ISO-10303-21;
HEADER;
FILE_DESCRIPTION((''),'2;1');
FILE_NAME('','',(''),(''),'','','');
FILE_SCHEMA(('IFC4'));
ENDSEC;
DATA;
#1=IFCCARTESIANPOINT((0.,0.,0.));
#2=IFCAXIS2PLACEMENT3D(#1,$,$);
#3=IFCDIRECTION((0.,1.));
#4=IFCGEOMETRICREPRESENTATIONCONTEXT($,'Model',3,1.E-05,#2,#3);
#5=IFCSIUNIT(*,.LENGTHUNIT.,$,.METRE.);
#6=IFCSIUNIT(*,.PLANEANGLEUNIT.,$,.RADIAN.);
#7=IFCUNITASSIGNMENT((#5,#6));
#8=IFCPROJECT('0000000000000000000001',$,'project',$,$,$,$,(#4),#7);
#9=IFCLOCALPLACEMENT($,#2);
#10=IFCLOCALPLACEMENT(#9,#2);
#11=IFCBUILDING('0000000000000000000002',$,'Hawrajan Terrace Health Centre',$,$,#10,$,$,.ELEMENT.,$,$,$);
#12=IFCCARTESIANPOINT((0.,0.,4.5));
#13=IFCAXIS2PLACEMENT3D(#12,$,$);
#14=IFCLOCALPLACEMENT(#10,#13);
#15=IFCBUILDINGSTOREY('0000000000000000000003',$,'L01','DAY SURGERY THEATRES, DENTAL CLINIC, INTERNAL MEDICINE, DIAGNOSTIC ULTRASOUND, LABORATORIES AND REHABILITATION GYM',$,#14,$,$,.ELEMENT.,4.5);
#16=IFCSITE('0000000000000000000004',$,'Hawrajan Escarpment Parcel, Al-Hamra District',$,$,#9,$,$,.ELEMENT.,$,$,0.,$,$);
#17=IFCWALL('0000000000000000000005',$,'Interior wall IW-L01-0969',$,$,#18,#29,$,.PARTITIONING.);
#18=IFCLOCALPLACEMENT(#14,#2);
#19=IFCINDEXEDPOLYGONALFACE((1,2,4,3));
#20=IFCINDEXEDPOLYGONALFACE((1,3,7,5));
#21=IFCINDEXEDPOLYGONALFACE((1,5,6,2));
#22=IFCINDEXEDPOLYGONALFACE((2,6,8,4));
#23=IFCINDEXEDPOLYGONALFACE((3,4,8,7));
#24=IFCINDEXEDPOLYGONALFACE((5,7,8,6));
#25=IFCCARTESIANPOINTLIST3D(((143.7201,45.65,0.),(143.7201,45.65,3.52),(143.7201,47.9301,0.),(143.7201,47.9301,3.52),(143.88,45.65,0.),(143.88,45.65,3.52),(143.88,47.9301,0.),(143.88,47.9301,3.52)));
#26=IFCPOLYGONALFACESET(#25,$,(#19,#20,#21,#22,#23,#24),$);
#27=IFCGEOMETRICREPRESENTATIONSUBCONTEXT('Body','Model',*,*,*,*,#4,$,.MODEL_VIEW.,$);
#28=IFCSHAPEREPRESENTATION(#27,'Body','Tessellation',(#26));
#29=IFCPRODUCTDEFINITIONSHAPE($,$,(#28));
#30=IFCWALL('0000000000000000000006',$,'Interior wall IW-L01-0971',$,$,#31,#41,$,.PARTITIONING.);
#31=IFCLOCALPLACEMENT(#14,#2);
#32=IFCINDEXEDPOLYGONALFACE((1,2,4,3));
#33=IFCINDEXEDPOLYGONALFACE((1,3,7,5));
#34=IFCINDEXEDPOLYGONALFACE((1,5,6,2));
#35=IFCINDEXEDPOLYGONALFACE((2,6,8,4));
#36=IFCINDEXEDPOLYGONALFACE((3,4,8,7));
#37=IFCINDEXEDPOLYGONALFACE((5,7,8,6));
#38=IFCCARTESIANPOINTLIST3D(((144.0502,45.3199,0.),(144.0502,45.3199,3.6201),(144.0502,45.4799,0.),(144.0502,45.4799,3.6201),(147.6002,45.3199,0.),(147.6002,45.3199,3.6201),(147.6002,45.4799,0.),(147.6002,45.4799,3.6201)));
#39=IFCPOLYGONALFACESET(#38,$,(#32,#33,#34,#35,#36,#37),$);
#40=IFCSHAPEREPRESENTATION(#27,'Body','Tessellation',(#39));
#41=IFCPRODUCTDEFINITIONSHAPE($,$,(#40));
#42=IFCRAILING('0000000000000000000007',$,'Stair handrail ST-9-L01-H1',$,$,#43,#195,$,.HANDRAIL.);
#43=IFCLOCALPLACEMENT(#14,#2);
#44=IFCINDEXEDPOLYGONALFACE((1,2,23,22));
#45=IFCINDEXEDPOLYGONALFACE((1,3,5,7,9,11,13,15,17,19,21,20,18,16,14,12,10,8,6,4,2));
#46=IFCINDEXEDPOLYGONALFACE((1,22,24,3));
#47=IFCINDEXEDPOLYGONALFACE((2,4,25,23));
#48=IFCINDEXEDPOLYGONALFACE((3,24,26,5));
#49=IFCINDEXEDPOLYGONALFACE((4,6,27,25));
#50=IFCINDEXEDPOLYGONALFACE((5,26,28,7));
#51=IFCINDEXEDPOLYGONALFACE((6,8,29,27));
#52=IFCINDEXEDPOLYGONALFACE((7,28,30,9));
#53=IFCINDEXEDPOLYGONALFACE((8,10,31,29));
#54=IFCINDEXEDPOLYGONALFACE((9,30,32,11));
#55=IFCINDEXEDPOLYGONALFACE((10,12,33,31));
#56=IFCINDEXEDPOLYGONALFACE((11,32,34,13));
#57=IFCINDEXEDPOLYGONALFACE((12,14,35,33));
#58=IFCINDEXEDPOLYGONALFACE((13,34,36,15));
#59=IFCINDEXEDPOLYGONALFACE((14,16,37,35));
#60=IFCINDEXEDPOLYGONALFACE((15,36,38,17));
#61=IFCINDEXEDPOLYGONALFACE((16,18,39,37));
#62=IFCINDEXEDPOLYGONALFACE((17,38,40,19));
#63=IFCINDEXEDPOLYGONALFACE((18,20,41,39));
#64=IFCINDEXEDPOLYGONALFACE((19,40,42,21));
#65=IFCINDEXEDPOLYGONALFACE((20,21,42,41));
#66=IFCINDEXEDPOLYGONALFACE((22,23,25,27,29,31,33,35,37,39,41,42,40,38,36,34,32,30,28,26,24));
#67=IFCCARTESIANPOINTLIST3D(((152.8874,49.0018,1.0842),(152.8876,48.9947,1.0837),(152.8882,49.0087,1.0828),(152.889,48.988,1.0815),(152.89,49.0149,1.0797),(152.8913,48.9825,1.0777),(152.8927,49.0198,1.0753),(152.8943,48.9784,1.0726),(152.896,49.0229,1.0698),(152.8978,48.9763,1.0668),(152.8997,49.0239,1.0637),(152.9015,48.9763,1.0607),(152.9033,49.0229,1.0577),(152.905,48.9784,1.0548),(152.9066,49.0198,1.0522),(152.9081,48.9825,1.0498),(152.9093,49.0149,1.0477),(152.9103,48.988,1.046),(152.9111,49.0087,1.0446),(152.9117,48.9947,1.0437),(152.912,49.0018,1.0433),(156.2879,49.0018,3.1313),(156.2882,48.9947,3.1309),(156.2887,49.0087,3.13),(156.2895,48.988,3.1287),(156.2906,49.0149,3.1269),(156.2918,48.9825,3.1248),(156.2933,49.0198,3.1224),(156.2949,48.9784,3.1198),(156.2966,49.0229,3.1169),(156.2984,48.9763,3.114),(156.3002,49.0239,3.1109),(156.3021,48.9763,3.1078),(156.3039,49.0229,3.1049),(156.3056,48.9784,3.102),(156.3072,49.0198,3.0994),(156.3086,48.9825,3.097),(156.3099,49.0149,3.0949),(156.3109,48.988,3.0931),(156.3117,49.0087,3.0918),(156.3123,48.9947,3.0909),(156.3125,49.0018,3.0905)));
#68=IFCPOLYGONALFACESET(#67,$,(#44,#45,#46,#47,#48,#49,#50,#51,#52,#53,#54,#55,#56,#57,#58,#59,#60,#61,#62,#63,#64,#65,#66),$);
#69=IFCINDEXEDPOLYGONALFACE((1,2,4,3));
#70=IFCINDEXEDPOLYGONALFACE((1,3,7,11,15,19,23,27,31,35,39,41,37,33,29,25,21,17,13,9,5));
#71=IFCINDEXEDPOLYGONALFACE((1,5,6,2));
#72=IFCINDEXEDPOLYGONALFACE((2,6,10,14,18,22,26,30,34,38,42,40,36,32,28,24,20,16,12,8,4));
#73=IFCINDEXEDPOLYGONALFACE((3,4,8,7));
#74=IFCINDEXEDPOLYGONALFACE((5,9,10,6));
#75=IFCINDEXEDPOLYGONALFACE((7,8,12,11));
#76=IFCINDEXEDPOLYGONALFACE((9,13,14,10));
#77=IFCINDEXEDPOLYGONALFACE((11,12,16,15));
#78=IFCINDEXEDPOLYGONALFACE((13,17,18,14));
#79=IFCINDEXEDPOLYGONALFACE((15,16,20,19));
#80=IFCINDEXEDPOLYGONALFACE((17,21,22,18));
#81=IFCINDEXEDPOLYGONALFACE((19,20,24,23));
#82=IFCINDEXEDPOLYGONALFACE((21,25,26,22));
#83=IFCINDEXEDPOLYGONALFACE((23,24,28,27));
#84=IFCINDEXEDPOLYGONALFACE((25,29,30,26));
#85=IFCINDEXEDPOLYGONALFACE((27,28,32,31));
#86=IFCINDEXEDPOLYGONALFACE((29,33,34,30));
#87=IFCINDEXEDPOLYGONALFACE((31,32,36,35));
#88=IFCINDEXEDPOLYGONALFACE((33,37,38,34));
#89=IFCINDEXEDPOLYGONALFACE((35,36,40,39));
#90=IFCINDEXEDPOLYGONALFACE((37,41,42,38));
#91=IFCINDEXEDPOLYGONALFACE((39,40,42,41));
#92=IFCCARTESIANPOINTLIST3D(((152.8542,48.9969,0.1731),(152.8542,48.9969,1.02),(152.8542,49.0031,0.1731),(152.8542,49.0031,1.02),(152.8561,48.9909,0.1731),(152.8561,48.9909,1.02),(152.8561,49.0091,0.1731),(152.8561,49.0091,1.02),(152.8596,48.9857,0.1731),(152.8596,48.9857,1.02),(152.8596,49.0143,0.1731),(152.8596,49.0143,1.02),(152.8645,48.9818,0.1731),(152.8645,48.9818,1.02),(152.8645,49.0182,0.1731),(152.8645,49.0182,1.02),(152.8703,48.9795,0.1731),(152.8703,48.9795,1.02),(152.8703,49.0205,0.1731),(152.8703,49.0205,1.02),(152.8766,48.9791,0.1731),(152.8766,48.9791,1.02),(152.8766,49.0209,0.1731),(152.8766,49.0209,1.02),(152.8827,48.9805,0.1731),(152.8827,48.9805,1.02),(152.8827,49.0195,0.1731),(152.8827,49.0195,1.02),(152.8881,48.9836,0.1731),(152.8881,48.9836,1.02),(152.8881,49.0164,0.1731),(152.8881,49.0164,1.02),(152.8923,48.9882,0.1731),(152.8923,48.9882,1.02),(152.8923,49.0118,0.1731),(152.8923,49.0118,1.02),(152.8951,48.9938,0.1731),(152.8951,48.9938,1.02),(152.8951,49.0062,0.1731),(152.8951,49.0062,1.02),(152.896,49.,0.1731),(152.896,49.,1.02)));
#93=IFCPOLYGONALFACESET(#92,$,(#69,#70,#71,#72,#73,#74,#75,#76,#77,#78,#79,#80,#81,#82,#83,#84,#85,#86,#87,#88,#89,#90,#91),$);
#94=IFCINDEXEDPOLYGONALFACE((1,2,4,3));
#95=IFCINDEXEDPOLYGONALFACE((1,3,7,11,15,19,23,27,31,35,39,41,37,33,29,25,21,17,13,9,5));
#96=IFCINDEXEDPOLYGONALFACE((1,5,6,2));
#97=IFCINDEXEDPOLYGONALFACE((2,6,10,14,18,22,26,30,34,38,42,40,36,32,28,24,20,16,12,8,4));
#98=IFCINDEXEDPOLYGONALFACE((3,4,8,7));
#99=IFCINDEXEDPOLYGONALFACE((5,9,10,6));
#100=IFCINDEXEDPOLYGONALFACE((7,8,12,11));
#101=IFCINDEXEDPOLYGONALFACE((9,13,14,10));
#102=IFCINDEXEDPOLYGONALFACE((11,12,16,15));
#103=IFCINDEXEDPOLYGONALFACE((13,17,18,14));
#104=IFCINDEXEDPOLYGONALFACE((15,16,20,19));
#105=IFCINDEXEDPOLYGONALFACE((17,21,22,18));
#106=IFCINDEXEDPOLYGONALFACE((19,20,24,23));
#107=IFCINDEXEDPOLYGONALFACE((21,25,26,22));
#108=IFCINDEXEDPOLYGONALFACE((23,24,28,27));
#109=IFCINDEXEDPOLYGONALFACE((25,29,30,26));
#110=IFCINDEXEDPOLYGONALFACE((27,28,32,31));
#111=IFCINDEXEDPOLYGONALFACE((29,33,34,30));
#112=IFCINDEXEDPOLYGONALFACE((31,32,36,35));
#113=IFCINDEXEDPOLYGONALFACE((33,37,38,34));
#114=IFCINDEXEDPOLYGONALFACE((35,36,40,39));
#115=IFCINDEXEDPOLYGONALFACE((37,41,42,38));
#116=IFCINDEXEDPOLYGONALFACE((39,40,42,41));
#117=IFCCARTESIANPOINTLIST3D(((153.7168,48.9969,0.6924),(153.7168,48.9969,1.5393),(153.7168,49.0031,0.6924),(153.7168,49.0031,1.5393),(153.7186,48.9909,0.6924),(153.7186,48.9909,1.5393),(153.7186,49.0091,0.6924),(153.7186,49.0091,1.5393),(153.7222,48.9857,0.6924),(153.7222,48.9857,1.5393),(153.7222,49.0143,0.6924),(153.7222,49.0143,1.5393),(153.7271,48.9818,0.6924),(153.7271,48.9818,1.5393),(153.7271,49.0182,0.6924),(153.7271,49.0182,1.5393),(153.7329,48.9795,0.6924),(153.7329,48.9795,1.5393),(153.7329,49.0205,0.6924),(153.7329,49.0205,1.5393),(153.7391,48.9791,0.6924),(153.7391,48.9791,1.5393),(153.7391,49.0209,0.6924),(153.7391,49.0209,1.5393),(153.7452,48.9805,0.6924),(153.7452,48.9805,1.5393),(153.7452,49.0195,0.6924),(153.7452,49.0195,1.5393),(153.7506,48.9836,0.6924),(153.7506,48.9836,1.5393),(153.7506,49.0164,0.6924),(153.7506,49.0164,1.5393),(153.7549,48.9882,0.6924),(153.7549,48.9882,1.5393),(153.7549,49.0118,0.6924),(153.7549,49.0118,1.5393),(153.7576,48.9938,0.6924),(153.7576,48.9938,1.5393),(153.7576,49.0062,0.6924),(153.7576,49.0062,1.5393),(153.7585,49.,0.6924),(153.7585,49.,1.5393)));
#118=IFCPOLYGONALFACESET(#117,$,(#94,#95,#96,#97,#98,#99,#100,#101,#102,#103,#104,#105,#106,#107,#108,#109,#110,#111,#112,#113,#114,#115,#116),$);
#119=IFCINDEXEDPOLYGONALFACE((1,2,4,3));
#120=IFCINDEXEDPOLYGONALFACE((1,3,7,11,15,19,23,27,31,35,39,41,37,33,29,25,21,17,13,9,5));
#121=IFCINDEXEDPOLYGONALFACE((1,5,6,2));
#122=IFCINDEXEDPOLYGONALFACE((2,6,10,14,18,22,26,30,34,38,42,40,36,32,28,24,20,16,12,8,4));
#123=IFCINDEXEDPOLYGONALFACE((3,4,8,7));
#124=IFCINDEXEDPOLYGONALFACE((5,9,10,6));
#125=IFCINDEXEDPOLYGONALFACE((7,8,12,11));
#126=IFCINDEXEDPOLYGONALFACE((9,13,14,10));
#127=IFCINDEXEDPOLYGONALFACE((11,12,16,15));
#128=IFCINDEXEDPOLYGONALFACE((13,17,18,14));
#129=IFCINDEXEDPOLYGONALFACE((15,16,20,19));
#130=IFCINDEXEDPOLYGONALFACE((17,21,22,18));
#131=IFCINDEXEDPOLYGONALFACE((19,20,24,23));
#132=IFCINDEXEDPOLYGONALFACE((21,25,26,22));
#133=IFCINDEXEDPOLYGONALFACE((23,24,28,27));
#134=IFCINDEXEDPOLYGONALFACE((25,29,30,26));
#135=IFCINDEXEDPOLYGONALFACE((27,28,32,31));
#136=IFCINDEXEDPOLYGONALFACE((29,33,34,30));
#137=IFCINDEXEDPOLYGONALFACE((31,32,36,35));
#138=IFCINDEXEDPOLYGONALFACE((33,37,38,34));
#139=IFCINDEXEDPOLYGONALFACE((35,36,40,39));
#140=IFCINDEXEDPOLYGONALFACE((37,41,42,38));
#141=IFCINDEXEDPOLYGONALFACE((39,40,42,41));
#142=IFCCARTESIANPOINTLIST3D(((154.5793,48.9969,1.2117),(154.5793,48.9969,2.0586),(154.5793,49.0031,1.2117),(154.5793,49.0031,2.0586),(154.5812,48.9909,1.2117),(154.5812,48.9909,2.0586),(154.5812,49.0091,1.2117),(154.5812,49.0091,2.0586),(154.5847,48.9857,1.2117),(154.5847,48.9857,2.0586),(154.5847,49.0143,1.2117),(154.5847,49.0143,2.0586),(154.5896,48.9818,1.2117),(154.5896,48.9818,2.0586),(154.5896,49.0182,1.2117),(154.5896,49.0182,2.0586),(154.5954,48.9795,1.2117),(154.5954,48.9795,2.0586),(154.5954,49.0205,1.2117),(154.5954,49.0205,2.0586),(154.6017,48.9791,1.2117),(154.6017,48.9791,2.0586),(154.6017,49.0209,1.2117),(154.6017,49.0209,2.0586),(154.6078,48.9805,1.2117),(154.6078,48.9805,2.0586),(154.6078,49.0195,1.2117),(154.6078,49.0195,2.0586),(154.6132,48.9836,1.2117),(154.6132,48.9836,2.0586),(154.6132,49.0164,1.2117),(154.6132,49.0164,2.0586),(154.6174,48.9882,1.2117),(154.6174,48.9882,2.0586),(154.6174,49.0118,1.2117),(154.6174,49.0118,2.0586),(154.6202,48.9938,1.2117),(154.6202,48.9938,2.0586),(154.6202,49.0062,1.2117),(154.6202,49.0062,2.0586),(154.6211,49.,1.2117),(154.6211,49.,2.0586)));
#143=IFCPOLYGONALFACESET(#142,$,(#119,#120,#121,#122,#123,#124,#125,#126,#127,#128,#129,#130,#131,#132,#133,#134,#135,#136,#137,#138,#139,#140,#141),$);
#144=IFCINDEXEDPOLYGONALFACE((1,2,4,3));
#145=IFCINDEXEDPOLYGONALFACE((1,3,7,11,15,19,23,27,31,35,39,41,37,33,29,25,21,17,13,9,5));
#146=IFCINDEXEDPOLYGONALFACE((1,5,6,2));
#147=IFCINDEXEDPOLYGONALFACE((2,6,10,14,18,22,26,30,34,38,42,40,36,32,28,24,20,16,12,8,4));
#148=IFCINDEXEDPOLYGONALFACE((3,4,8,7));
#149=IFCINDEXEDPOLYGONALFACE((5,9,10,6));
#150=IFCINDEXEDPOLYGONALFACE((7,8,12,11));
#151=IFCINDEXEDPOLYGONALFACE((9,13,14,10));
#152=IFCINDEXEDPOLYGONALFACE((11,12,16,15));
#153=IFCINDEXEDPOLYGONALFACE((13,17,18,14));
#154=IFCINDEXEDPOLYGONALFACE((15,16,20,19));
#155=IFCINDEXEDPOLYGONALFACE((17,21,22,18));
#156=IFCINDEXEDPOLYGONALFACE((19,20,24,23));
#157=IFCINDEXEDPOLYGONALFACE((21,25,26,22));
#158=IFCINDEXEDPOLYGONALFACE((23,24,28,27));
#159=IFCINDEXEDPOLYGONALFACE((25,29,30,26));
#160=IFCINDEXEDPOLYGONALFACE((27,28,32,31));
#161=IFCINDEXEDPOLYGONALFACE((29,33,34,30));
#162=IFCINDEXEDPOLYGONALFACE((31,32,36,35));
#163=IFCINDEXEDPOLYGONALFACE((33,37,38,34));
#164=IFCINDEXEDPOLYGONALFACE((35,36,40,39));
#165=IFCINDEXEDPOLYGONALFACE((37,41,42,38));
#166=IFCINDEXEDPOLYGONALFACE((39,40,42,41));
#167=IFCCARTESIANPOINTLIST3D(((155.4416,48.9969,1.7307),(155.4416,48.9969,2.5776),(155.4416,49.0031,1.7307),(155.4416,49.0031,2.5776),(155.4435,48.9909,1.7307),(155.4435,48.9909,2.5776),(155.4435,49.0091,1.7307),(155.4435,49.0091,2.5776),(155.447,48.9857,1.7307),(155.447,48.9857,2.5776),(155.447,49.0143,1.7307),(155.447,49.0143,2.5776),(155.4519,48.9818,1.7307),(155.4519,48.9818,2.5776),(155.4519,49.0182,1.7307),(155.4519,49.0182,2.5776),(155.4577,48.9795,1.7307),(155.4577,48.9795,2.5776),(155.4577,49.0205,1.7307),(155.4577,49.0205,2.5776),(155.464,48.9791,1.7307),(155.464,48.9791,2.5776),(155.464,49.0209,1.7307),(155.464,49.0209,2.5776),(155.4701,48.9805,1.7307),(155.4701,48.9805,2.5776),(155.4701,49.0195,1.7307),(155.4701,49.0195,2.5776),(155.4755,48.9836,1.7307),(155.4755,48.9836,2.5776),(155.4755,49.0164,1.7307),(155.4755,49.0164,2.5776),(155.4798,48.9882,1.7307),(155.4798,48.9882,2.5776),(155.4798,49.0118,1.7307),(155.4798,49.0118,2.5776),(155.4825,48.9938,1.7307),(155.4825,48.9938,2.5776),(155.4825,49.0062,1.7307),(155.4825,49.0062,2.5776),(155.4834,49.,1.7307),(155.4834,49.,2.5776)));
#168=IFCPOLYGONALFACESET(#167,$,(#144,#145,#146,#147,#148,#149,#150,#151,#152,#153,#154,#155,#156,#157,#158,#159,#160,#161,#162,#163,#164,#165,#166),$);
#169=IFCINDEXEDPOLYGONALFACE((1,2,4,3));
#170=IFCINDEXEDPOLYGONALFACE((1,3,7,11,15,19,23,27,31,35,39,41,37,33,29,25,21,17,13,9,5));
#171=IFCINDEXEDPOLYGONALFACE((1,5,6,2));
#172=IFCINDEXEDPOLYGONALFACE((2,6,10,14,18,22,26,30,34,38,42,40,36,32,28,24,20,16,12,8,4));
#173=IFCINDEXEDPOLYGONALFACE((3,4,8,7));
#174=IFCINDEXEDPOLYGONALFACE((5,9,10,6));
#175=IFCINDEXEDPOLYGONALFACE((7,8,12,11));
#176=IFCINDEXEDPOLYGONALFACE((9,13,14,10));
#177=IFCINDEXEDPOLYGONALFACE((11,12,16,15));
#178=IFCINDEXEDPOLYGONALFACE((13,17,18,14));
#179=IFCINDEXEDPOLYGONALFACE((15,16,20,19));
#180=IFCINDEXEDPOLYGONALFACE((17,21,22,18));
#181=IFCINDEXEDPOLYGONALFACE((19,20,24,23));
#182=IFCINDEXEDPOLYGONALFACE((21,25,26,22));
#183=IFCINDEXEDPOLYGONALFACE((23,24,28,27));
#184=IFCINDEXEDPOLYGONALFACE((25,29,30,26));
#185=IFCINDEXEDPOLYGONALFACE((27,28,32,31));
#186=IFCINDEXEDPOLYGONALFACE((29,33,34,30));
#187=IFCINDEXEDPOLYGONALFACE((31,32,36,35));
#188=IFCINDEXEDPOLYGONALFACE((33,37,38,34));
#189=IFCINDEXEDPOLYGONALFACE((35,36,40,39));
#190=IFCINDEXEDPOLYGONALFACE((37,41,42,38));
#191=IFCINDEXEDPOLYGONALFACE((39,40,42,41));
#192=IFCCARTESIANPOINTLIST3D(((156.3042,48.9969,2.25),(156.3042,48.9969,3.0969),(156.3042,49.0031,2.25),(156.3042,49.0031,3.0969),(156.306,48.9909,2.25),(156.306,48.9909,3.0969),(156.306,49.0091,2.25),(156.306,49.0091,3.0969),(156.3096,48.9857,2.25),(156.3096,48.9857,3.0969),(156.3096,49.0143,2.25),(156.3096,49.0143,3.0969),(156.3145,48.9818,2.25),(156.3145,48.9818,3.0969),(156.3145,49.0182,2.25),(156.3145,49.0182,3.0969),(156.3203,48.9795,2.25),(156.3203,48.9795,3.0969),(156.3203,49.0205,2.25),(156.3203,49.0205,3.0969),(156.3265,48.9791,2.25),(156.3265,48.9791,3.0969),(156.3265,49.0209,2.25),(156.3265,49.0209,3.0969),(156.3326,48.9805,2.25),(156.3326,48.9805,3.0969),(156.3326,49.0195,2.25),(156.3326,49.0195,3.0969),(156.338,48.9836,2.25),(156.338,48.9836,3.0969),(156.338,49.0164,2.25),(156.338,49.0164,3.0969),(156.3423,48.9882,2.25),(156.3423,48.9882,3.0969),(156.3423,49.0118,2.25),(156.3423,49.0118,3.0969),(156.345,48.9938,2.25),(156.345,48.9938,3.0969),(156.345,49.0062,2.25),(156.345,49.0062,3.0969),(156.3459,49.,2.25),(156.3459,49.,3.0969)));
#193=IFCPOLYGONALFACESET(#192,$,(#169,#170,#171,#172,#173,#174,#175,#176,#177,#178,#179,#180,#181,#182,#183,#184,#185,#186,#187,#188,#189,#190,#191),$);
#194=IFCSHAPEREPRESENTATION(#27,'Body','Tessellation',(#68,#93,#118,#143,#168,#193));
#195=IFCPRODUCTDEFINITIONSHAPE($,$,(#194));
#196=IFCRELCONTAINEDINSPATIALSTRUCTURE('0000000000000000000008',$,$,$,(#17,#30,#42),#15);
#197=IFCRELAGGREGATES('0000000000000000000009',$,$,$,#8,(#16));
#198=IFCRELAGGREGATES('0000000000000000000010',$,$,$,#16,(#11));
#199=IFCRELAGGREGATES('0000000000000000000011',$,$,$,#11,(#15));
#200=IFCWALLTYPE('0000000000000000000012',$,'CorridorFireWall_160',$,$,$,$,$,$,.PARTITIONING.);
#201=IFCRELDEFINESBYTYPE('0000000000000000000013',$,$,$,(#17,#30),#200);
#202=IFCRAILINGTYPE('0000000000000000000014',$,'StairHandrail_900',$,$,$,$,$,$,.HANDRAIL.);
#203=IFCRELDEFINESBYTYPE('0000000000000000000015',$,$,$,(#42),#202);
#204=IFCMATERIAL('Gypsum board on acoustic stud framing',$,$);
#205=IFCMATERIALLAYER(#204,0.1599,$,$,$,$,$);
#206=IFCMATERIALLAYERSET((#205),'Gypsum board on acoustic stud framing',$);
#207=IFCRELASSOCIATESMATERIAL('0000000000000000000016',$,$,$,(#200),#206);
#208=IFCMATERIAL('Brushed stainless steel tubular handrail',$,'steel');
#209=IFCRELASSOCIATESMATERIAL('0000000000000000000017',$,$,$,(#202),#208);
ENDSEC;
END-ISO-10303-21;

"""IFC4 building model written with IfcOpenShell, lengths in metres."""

from ifc_helpers import new_model, si_unit, direction, frame, frame_2d, origin, origin_2d, place, context, subcontext, project, spatial, rectangle, circle, extrude, material, layer, layer_set, type_object, element, save


model = new_model("IFC4")

# Units and contexts
model_context = context("Model", 3, precision=1e-05, world=origin(), true_north=direction((0.0, 1.0)))
body_context = subcontext(model_context, "Body", "Model", "MODEL_VIEW")
ifc_project = project(units=[si_unit("LENGTHUNIT", "METRE"), si_unit("PLANEANGLEUNIT", "RADIAN")], contexts=[model_context])

# Site, building, storey
site_placement = place(None, origin())
site = spatial("IfcSite", under=ifc_project, at=site_placement, Name="Hawrajan Escarpment Parcel, Al-Hamra District", CompositionType="ELEMENT", RefElevation=0.0)
building_placement = place(site_placement, origin())
building = spatial("IfcBuilding", under=site, at=building_placement, Name="Hawrajan Terrace Health Centre", CompositionType="ELEMENT")
storey_placement = place(building_placement, frame((0.0, 0.0, 4.5)))
storey = spatial("IfcBuildingStorey", under=building, at=storey_placement, Name="L01", Description="DAY SURGERY THEATRES, DENTAL CLINIC, INTERNAL MEDICINE, DIAGNOSTIC ULTRASOUND, LABORATORIES AND REHABILITATION GYM", CompositionType="ELEMENT", Elevation=4.5)

# Shared definitions
ifc_material_1 = material(Name="Gypsum board on acoustic stud framing")

# Walls
ifc_layer_1 = layer(ifc_material_1, 0.1599)
ifc_layer_set_1 = layer_set([ifc_layer_1], Name="Gypsum board on acoustic stud framing")
wall_type_1 = type_object("IfcWallType", Name="CorridorFireWall_160", PredefinedType="PARTITIONING", material=ifc_layer_set_1)
wall_1_placement = place(storey_placement, frame((143.8, 45.6499, 0.0), z_axis=(0.0, 0.0, 1.0), x_axis=(0.0, 1.0, 0.0)))
element("IfcWall", 1, at=wall_1_placement, inside=storey, type_object=wall_type_1, Name="Interior wall IW-L01-0969", PredefinedType="PARTITIONING", context=body_context, shape_type="SweptSolid", body=[
    extrude(rectangle(XDim=2.28, YDim=0.1599, at=frame_2d((1.1401, 0.0))), origin(), (0.0, 0.0, 1.0), 3.52),
])
wall_2_placement = place(storey_placement, frame((147.6001, 45.3999, 0.0), z_axis=(0.0, 0.0, 1.0), x_axis=(-1.0, 0.0, 0.0)))
element("IfcWall", 2, at=wall_2_placement, inside=storey, type_object=wall_type_1, Name="Interior wall IW-L01-0971", PredefinedType="PARTITIONING", context=body_context, shape_type="SweptSolid", body=[
    extrude(rectangle(XDim=3.55, YDim=0.1599, at=frame_2d((1.7749, 0.0))), origin(), (0.0, 0.0, 1.0), 3.6201),
])

# Railing
ifc_material_2 = material(Name="Brushed stainless steel tubular handrail", Category="steel")
railing_type = type_object("IfcRailingType", Name="StairHandrail_900", PredefinedType="HANDRAIL", material=ifc_material_2)
railing_placement = place(storey_placement, frame((152.875, 49.0, 0.1731)))
element("IfcRailing", 3, at=railing_placement, inside=storey, type_object=railing_type, Name="Stair handrail ST-9-L01-H1", PredefinedType="HANDRAIL", context=body_context, shape_type="SweptSolid", body=[
    extrude(circle(Radius=0.0239, at=origin_2d()), frame((0.0247, 0.0, 0.8906), z_axis=(0.856732, 0.0, 0.515761), x_axis=(0.0, 1.0, 0.0)), (0.0, 0.0, 1.0), 3.9692),
    extrude(circle(Radius=0.021, at=origin_2d()), origin(), (0.0, 0.0, 1.0), 0.8469),
    extrude(circle(Radius=0.021, at=origin_2d()), frame((0.8625, 0.0, 0.5193)), (0.0, 0.0, 1.0), 0.8469),
    extrude(circle(Radius=0.021, at=origin_2d()), frame((1.7251, 0.0, 1.0386)), (0.0, 0.0, 1.0), 0.8469),
    extrude(circle(Radius=0.021, at=origin_2d()), frame((2.5874, 0.0, 1.5576)), (0.0, 0.0, 1.0), 0.8469),
    extrude(circle(Radius=0.021, at=origin_2d()), frame((3.45, 0.0, 2.0769)), (0.0, 0.0, 1.0), 0.8469),
])

save(model, "model.ifc")
